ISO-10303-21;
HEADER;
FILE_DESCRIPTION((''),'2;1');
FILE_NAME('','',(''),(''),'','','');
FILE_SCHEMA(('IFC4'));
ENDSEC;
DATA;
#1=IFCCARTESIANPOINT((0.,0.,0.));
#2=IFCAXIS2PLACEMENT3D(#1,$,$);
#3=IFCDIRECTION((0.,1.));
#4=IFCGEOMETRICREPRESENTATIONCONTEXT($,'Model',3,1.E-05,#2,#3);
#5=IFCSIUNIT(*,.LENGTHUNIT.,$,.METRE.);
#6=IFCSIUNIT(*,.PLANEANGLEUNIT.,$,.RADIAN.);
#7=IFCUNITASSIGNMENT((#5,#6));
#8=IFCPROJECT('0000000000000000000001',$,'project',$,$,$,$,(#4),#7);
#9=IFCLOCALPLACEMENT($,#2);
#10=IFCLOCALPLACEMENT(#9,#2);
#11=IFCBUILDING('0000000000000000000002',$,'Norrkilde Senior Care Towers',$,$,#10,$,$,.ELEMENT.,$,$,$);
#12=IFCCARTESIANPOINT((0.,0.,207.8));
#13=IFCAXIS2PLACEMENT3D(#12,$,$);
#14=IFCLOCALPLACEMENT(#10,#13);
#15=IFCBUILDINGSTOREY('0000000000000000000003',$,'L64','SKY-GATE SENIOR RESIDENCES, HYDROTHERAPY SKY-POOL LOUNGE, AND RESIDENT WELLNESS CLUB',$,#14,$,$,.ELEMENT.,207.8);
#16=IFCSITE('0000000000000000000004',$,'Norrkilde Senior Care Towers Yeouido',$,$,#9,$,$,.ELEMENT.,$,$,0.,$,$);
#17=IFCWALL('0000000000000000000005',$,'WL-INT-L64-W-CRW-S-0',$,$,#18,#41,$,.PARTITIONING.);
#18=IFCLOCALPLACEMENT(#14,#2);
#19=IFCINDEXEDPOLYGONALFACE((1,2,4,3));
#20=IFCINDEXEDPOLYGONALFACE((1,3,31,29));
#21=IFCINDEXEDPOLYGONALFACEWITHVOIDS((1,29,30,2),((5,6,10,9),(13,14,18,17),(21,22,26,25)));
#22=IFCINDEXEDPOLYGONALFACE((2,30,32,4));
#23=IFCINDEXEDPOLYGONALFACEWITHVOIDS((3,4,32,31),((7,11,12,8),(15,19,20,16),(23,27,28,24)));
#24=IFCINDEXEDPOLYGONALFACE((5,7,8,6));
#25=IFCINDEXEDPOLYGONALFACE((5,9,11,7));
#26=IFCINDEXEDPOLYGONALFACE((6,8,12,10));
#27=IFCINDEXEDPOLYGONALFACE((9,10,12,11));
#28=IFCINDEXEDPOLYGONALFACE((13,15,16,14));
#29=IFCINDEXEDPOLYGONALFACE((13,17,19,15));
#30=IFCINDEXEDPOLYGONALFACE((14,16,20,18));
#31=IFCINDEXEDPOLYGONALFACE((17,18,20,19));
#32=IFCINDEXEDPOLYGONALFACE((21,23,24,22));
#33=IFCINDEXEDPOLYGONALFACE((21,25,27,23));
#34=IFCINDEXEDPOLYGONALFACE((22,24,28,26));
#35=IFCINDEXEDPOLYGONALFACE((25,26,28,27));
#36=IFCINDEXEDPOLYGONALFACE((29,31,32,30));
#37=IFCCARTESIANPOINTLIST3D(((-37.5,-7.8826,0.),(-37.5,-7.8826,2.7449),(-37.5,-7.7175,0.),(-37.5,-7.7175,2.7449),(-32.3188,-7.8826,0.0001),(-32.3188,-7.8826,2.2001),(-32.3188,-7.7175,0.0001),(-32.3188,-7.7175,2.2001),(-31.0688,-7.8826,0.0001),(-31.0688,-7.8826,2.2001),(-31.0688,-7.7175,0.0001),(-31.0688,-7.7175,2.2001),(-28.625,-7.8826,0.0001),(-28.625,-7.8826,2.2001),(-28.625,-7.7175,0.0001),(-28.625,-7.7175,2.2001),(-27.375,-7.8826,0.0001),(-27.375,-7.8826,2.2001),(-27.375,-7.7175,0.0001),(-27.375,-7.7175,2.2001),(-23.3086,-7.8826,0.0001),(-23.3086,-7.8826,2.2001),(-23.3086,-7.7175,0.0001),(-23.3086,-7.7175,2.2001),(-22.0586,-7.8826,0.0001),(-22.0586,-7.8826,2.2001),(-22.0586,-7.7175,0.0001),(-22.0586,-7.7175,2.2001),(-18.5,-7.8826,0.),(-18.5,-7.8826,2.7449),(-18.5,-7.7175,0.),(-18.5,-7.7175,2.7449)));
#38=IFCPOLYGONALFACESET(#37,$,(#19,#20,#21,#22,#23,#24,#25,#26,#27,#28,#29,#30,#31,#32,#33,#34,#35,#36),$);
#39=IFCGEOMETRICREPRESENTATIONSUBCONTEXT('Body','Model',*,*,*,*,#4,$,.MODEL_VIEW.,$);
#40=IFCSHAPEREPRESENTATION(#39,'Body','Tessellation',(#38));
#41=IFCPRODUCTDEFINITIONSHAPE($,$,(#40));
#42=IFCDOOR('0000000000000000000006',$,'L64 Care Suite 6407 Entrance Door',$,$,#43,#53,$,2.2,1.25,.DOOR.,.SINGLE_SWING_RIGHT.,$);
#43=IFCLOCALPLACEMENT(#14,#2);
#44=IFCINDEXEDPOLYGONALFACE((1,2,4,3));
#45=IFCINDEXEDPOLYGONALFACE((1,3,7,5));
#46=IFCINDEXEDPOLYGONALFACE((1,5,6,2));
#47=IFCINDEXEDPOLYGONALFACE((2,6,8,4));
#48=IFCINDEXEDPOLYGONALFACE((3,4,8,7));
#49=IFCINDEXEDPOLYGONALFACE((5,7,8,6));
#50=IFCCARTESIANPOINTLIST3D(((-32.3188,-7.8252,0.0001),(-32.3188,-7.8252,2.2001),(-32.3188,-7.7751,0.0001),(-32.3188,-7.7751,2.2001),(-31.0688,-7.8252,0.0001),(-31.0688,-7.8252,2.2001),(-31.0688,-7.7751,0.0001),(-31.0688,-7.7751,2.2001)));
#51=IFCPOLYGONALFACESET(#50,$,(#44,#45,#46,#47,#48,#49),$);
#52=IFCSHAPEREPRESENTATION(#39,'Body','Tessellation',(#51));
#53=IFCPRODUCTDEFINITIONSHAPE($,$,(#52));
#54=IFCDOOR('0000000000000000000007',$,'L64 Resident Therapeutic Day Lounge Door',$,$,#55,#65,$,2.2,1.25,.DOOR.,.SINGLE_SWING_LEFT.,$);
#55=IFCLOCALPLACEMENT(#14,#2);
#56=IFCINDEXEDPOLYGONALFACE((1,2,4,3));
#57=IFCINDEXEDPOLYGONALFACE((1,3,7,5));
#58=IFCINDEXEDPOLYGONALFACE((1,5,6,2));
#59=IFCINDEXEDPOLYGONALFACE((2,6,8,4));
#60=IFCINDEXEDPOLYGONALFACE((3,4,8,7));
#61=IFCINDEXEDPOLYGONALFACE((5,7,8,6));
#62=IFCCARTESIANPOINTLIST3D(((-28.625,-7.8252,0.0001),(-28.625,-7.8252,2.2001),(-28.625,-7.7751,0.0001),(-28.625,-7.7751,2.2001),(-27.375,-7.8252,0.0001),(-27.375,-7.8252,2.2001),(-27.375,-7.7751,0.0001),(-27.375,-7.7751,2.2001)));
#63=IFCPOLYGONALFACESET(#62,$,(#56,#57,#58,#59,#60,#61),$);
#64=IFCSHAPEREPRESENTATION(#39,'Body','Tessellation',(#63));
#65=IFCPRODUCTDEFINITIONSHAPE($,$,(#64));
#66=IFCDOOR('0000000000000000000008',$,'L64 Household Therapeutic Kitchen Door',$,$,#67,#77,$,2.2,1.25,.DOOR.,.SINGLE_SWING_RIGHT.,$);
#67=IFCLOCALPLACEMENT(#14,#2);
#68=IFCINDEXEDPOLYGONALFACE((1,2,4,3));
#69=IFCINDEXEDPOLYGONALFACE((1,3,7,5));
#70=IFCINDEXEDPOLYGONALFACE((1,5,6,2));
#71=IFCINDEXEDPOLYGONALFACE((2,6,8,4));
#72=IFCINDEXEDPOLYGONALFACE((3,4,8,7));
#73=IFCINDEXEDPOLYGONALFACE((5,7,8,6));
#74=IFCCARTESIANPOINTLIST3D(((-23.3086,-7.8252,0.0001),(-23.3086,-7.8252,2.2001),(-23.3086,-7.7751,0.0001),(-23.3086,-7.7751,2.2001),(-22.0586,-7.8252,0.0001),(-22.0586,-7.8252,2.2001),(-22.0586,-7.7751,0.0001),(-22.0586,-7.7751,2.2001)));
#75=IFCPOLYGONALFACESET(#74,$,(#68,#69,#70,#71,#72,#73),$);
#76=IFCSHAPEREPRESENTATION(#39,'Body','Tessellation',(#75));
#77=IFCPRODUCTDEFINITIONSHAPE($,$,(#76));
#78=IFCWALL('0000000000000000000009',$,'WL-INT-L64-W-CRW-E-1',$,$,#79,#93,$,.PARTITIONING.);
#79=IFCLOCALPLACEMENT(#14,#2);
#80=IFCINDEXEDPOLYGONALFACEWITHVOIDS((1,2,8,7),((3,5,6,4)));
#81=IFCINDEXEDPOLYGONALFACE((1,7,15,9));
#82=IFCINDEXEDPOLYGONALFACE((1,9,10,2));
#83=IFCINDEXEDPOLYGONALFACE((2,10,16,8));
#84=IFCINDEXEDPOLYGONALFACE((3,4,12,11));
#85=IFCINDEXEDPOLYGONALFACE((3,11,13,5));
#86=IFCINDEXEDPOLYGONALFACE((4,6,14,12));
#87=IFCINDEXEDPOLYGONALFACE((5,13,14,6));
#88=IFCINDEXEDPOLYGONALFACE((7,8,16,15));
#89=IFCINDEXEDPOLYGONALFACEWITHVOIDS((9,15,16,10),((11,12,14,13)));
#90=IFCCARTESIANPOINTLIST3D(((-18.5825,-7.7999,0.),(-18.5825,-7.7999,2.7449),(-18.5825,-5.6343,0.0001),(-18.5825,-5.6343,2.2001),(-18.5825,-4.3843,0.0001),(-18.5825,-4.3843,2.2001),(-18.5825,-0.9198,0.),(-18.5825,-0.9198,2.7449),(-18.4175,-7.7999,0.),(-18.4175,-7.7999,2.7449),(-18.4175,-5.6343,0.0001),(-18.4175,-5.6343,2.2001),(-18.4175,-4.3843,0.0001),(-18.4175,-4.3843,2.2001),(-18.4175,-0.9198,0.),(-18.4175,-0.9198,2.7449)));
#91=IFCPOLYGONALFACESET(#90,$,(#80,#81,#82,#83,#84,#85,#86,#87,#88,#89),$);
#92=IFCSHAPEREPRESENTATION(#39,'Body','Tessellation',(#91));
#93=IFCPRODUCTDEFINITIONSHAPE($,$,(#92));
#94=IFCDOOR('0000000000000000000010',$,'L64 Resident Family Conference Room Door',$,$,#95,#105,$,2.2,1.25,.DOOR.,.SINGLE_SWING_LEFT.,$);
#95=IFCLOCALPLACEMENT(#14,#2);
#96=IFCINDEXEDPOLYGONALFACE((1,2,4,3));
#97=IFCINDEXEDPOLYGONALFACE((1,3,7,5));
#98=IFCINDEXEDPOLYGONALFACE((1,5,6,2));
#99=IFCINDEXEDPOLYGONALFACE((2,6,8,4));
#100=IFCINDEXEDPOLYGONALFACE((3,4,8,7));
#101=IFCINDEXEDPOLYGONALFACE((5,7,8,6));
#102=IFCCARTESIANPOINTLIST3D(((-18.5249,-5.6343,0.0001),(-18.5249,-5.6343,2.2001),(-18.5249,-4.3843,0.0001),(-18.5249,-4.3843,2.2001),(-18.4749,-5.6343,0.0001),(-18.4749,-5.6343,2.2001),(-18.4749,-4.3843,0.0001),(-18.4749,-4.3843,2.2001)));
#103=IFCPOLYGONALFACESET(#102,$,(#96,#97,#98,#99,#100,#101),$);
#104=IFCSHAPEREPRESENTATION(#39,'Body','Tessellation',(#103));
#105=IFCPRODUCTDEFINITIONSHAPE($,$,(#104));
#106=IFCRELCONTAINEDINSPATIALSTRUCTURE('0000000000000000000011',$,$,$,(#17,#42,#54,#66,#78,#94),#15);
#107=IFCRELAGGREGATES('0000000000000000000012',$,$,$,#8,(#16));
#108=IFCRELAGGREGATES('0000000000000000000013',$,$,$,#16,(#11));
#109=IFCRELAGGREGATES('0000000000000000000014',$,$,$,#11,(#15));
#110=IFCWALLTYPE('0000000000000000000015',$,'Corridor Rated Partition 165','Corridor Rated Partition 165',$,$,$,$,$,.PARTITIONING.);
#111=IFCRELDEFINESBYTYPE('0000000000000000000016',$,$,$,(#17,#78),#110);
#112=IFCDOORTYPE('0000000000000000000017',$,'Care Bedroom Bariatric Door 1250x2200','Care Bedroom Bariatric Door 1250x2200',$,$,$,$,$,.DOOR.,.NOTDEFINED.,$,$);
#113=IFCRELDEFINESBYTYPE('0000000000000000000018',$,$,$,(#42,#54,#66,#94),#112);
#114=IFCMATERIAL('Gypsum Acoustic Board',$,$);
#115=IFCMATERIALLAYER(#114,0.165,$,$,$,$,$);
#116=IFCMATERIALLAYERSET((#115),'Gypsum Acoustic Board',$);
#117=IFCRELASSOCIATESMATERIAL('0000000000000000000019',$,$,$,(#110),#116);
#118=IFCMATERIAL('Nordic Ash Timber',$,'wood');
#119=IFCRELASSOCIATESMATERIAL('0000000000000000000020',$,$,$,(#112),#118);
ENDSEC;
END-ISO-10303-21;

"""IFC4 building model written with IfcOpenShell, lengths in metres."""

from ifc_helpers import new_model, si_unit, direction, frame, frame_2d, origin, place, context, subcontext, project, spatial, rectangle, extrude, source, transform, mapped, material, layer, layer_set, type_object, type_shapes, element, fill, save


model = new_model("IFC4")

# Units and contexts
model_context = context("Model", 3, precision=1e-05, world=origin(), true_north=direction((0.0, 1.0)))
body_context = subcontext(model_context, "Body", "Model", "MODEL_VIEW")
ifc_project = project(units=[si_unit("LENGTHUNIT", "METRE"), si_unit("PLANEANGLEUNIT", "RADIAN")], contexts=[model_context])

# Site, building, storey
site_placement = place(None, origin())
site = spatial("IfcSite", under=ifc_project, at=site_placement, Name="Norrkilde Senior Care Towers Yeouido", CompositionType="ELEMENT", RefElevation=0.0)
building_placement = place(site_placement, origin())
building = spatial("IfcBuilding", under=site, at=building_placement, Name="Norrkilde Senior Care Towers", CompositionType="ELEMENT")
storey_placement = place(building_placement, frame((0.0, 0.0, 207.8)))
storey = spatial("IfcBuildingStorey", under=building, at=storey_placement, Name="L64", Description="SKY-GATE SENIOR RESIDENCES, HYDROTHERAPY SKY-POOL LOUNGE, AND RESIDENT WELLNESS CLUB", CompositionType="ELEMENT", Elevation=207.8)

# Shared definitions
ifc_material_1 = material(Name="Gypsum Acoustic Board")
ifc_layer_1 = layer(ifc_material_1, 0.165)
ifc_layer_set_1 = layer_set([ifc_layer_1], Name="Gypsum Acoustic Board")
wall_type_1 = type_object("IfcWallType", Name="Corridor Rated Partition 165", Description="Corridor Rated Partition 165", PredefinedType="PARTITIONING", material=ifc_layer_set_1)

# Wall, openings, doors
shared_shape_1 = source(origin(), body_context, "Body", "SweptSolid", [
    extrude(rectangle(XDim=19.0, YDim=0.165, at=frame_2d((9.5, 0.0))), origin(), (0.0, 0.0, 1.0), 2.7449),
])
wall_1_placement = place(storey_placement, frame((-18.5, -7.8, 0.0), z_axis=(0.0, 0.0, 1.0), x_axis=(-1.0, 0.0, 0.0)))
wall_1 = element("IfcWall", 1, at=wall_1_placement, inside=storey, type_object=wall_type_1, Name="WL-INT-L64-W-CRW-S-0", PredefinedType="PARTITIONING", context=body_context, shape_type="MappedRepresentation", body=[
    mapped(shared_shape_1, transform((0.0, 0.0, 0.0), x_axis=(1.0, 0.0, 0.0), y_axis=(0.0, 1.0, 0.0), z_axis=(0.0, 0.0, 1.0), scale=1.0)),
])
opening_1_placement = place(wall_1_placement, frame((12.5688, 0.0, 0.0)))
opening_1 = element("IfcOpeningElement", 2, at=opening_1_placement, cuts=wall_1, PredefinedType="OPENING", context=body_context, shape_type="SweptSolid", body=[
    extrude(rectangle(XDim=1.25, YDim=2.2, at=frame_2d((0.625, 1.1001))), frame((0.0, 0.0925, 0.0), z_axis=(0.0, -1.0, 0.0), x_axis=(1.0, 0.0, 0.0)), (0.0, 0.0, 1.0), 0.1851),
])
opening_2_placement = place(wall_1_placement, frame((8.875, 0.0, 0.0)))
opening_2 = element("IfcOpeningElement", 3, at=opening_2_placement, cuts=wall_1, PredefinedType="OPENING", context=body_context, shape_type="SweptSolid", body=[
    extrude(rectangle(XDim=1.25, YDim=2.2, at=frame_2d((0.625, 1.1001))), frame((0.0, 0.0925, 0.0), z_axis=(0.0, -1.0, 0.0), x_axis=(1.0, 0.0, 0.0)), (0.0, 0.0, 1.0), 0.1851),
])
opening_3_placement = place(wall_1_placement, frame((3.5586, 0.0, 0.0)))
opening_3 = element("IfcOpeningElement", 4, at=opening_3_placement, cuts=wall_1, PredefinedType="OPENING", context=body_context, shape_type="SweptSolid", body=[
    extrude(rectangle(XDim=1.25, YDim=2.2, at=frame_2d((0.625, 1.1001))), frame((0.0, 0.0925, 0.0), z_axis=(0.0, -1.0, 0.0), x_axis=(1.0, 0.0, 0.0)), (0.0, 0.0, 1.0), 0.1851),
])
ifc_material_2 = material(Name="Nordic Ash Timber", Category="wood")
door_type_1 = type_object("IfcDoorType", Name="Care Bedroom Bariatric Door 1250x2200", Description="Care Bedroom Bariatric Door 1250x2200", OperationType="NOTDEFINED", PredefinedType="DOOR", material=ifc_material_2)
shared_shape_2 = source(origin(), body_context, "Body", "SweptSolid", [
    extrude(rectangle(XDim=1.25, YDim=2.2, at=frame_2d((0.625, 1.1001))), frame((0.0, 0.0249, 0.0), z_axis=(0.0, -1.0, 0.0), x_axis=(1.0, 0.0, 0.0)), (0.0, 0.0, 1.0), 0.05),
])
type_shapes(door_type_1, [shared_shape_2])
door_1_placement = place(opening_1_placement, frame((1.25, 0.0, 0.0), z_axis=(0.0, 0.0, 1.0), x_axis=(-1.0, 0.0, 0.0)))
door_1 = element("IfcDoor", 5, at=door_1_placement, inside=storey, type_object=door_type_1, Name="L64 Care Suite 6407 Entrance Door", OperationType="SINGLE_SWING_RIGHT", OverallHeight=2.2, OverallWidth=1.25, PredefinedType="DOOR", context=body_context, shape_type="MappedRepresentation", body=[
    mapped(shared_shape_2, transform((0.0, 0.0, 0.0), x_axis=(1.0, 0.0, 0.0), y_axis=(0.0, 1.0, 0.0), z_axis=(0.0, 0.0, 1.0), scale=1.0)),
])
fill(opening_1, door_1)
door_2_placement = place(opening_2_placement, frame((1.25, 0.0, 0.0), z_axis=(0.0, 0.0, 1.0), x_axis=(-1.0, 0.0, 0.0)))
door_2 = element("IfcDoor", 6, at=door_2_placement, inside=storey, type_object=door_type_1, Name="L64 Resident Therapeutic Day Lounge Door", OperationType="SINGLE_SWING_LEFT", OverallHeight=2.2, OverallWidth=1.25, PredefinedType="DOOR", context=body_context, shape_type="MappedRepresentation", body=[
    mapped(shared_shape_2, transform((0.0, 0.0, 0.0), x_axis=(1.0, 0.0, 0.0), y_axis=(0.0, 1.0, 0.0), z_axis=(0.0, 0.0, 1.0), scale=1.0)),
])
fill(opening_2, door_2)
door_3_placement = place(opening_3_placement, frame((1.25, 0.0, 0.0), z_axis=(0.0, 0.0, 1.0), x_axis=(-1.0, 0.0, 0.0)))
door_3 = element("IfcDoor", 7, at=door_3_placement, inside=storey, type_object=door_type_1, Name="L64 Household Therapeutic Kitchen Door", OperationType="SINGLE_SWING_RIGHT", OverallHeight=2.2, OverallWidth=1.25, PredefinedType="DOOR", context=body_context, shape_type="MappedRepresentation", body=[
    mapped(shared_shape_2, transform((0.0, 0.0, 0.0), x_axis=(1.0, 0.0, 0.0), y_axis=(0.0, 1.0, 0.0), z_axis=(0.0, 0.0, 1.0), scale=1.0)),
])
fill(opening_3, door_3)

# Wall, opening, door
shared_shape_3 = source(origin(), body_context, "Body", "SweptSolid", [
    extrude(rectangle(XDim=6.8801, YDim=0.165, at=frame_2d((3.4399, 0.0))), origin(), (0.0, 0.0, 1.0), 2.7449),
])
wall_2_placement = place(storey_placement, frame((-18.5, -0.9199, 0.0), z_axis=(0.0, 0.0, 1.0), x_axis=(0.0, -1.0, 0.0)))
wall_2 = element("IfcWall", 8, at=wall_2_placement, inside=storey, type_object=wall_type_1, Name="WL-INT-L64-W-CRW-E-1", PredefinedType="PARTITIONING", context=body_context, shape_type="MappedRepresentation", body=[
    mapped(shared_shape_3, transform((0.0, 0.0, 0.0), x_axis=(1.0, 0.0, 0.0), y_axis=(0.0, 1.0, 0.0), z_axis=(0.0, 0.0, 1.0), scale=1.0)),
])
opening_4_placement = place(wall_2_placement, frame((3.4644, 0.0, 0.0)))
opening_4 = element("IfcOpeningElement", 9, at=opening_4_placement, cuts=wall_2, PredefinedType="OPENING", context=body_context, shape_type="SweptSolid", body=[
    extrude(rectangle(XDim=1.25, YDim=2.2, at=frame_2d((0.625, 1.1001))), frame((0.0, 0.0925, 0.0), z_axis=(0.0, -1.0, 0.0), x_axis=(1.0, 0.0, 0.0)), (0.0, 0.0, 1.0), 0.1851),
])
door_4_placement = place(opening_4_placement, frame((1.25, 0.0, 0.0), z_axis=(0.0, 0.0, 1.0), x_axis=(-1.0, 0.0, 0.0)))
door_4 = element("IfcDoor", 10, at=door_4_placement, inside=storey, type_object=door_type_1, Name="L64 Resident Family Conference Room Door", OperationType="SINGLE_SWING_LEFT", OverallHeight=2.2, OverallWidth=1.25, PredefinedType="DOOR", context=body_context, shape_type="MappedRepresentation", body=[
    mapped(shared_shape_2, transform((0.0, 0.0, 0.0), x_axis=(1.0, 0.0, 0.0), y_axis=(0.0, 1.0, 0.0), z_axis=(0.0, 0.0, 1.0), scale=1.0)),
])
fill(opening_4, door_4)

save(model, "model.ifc")
